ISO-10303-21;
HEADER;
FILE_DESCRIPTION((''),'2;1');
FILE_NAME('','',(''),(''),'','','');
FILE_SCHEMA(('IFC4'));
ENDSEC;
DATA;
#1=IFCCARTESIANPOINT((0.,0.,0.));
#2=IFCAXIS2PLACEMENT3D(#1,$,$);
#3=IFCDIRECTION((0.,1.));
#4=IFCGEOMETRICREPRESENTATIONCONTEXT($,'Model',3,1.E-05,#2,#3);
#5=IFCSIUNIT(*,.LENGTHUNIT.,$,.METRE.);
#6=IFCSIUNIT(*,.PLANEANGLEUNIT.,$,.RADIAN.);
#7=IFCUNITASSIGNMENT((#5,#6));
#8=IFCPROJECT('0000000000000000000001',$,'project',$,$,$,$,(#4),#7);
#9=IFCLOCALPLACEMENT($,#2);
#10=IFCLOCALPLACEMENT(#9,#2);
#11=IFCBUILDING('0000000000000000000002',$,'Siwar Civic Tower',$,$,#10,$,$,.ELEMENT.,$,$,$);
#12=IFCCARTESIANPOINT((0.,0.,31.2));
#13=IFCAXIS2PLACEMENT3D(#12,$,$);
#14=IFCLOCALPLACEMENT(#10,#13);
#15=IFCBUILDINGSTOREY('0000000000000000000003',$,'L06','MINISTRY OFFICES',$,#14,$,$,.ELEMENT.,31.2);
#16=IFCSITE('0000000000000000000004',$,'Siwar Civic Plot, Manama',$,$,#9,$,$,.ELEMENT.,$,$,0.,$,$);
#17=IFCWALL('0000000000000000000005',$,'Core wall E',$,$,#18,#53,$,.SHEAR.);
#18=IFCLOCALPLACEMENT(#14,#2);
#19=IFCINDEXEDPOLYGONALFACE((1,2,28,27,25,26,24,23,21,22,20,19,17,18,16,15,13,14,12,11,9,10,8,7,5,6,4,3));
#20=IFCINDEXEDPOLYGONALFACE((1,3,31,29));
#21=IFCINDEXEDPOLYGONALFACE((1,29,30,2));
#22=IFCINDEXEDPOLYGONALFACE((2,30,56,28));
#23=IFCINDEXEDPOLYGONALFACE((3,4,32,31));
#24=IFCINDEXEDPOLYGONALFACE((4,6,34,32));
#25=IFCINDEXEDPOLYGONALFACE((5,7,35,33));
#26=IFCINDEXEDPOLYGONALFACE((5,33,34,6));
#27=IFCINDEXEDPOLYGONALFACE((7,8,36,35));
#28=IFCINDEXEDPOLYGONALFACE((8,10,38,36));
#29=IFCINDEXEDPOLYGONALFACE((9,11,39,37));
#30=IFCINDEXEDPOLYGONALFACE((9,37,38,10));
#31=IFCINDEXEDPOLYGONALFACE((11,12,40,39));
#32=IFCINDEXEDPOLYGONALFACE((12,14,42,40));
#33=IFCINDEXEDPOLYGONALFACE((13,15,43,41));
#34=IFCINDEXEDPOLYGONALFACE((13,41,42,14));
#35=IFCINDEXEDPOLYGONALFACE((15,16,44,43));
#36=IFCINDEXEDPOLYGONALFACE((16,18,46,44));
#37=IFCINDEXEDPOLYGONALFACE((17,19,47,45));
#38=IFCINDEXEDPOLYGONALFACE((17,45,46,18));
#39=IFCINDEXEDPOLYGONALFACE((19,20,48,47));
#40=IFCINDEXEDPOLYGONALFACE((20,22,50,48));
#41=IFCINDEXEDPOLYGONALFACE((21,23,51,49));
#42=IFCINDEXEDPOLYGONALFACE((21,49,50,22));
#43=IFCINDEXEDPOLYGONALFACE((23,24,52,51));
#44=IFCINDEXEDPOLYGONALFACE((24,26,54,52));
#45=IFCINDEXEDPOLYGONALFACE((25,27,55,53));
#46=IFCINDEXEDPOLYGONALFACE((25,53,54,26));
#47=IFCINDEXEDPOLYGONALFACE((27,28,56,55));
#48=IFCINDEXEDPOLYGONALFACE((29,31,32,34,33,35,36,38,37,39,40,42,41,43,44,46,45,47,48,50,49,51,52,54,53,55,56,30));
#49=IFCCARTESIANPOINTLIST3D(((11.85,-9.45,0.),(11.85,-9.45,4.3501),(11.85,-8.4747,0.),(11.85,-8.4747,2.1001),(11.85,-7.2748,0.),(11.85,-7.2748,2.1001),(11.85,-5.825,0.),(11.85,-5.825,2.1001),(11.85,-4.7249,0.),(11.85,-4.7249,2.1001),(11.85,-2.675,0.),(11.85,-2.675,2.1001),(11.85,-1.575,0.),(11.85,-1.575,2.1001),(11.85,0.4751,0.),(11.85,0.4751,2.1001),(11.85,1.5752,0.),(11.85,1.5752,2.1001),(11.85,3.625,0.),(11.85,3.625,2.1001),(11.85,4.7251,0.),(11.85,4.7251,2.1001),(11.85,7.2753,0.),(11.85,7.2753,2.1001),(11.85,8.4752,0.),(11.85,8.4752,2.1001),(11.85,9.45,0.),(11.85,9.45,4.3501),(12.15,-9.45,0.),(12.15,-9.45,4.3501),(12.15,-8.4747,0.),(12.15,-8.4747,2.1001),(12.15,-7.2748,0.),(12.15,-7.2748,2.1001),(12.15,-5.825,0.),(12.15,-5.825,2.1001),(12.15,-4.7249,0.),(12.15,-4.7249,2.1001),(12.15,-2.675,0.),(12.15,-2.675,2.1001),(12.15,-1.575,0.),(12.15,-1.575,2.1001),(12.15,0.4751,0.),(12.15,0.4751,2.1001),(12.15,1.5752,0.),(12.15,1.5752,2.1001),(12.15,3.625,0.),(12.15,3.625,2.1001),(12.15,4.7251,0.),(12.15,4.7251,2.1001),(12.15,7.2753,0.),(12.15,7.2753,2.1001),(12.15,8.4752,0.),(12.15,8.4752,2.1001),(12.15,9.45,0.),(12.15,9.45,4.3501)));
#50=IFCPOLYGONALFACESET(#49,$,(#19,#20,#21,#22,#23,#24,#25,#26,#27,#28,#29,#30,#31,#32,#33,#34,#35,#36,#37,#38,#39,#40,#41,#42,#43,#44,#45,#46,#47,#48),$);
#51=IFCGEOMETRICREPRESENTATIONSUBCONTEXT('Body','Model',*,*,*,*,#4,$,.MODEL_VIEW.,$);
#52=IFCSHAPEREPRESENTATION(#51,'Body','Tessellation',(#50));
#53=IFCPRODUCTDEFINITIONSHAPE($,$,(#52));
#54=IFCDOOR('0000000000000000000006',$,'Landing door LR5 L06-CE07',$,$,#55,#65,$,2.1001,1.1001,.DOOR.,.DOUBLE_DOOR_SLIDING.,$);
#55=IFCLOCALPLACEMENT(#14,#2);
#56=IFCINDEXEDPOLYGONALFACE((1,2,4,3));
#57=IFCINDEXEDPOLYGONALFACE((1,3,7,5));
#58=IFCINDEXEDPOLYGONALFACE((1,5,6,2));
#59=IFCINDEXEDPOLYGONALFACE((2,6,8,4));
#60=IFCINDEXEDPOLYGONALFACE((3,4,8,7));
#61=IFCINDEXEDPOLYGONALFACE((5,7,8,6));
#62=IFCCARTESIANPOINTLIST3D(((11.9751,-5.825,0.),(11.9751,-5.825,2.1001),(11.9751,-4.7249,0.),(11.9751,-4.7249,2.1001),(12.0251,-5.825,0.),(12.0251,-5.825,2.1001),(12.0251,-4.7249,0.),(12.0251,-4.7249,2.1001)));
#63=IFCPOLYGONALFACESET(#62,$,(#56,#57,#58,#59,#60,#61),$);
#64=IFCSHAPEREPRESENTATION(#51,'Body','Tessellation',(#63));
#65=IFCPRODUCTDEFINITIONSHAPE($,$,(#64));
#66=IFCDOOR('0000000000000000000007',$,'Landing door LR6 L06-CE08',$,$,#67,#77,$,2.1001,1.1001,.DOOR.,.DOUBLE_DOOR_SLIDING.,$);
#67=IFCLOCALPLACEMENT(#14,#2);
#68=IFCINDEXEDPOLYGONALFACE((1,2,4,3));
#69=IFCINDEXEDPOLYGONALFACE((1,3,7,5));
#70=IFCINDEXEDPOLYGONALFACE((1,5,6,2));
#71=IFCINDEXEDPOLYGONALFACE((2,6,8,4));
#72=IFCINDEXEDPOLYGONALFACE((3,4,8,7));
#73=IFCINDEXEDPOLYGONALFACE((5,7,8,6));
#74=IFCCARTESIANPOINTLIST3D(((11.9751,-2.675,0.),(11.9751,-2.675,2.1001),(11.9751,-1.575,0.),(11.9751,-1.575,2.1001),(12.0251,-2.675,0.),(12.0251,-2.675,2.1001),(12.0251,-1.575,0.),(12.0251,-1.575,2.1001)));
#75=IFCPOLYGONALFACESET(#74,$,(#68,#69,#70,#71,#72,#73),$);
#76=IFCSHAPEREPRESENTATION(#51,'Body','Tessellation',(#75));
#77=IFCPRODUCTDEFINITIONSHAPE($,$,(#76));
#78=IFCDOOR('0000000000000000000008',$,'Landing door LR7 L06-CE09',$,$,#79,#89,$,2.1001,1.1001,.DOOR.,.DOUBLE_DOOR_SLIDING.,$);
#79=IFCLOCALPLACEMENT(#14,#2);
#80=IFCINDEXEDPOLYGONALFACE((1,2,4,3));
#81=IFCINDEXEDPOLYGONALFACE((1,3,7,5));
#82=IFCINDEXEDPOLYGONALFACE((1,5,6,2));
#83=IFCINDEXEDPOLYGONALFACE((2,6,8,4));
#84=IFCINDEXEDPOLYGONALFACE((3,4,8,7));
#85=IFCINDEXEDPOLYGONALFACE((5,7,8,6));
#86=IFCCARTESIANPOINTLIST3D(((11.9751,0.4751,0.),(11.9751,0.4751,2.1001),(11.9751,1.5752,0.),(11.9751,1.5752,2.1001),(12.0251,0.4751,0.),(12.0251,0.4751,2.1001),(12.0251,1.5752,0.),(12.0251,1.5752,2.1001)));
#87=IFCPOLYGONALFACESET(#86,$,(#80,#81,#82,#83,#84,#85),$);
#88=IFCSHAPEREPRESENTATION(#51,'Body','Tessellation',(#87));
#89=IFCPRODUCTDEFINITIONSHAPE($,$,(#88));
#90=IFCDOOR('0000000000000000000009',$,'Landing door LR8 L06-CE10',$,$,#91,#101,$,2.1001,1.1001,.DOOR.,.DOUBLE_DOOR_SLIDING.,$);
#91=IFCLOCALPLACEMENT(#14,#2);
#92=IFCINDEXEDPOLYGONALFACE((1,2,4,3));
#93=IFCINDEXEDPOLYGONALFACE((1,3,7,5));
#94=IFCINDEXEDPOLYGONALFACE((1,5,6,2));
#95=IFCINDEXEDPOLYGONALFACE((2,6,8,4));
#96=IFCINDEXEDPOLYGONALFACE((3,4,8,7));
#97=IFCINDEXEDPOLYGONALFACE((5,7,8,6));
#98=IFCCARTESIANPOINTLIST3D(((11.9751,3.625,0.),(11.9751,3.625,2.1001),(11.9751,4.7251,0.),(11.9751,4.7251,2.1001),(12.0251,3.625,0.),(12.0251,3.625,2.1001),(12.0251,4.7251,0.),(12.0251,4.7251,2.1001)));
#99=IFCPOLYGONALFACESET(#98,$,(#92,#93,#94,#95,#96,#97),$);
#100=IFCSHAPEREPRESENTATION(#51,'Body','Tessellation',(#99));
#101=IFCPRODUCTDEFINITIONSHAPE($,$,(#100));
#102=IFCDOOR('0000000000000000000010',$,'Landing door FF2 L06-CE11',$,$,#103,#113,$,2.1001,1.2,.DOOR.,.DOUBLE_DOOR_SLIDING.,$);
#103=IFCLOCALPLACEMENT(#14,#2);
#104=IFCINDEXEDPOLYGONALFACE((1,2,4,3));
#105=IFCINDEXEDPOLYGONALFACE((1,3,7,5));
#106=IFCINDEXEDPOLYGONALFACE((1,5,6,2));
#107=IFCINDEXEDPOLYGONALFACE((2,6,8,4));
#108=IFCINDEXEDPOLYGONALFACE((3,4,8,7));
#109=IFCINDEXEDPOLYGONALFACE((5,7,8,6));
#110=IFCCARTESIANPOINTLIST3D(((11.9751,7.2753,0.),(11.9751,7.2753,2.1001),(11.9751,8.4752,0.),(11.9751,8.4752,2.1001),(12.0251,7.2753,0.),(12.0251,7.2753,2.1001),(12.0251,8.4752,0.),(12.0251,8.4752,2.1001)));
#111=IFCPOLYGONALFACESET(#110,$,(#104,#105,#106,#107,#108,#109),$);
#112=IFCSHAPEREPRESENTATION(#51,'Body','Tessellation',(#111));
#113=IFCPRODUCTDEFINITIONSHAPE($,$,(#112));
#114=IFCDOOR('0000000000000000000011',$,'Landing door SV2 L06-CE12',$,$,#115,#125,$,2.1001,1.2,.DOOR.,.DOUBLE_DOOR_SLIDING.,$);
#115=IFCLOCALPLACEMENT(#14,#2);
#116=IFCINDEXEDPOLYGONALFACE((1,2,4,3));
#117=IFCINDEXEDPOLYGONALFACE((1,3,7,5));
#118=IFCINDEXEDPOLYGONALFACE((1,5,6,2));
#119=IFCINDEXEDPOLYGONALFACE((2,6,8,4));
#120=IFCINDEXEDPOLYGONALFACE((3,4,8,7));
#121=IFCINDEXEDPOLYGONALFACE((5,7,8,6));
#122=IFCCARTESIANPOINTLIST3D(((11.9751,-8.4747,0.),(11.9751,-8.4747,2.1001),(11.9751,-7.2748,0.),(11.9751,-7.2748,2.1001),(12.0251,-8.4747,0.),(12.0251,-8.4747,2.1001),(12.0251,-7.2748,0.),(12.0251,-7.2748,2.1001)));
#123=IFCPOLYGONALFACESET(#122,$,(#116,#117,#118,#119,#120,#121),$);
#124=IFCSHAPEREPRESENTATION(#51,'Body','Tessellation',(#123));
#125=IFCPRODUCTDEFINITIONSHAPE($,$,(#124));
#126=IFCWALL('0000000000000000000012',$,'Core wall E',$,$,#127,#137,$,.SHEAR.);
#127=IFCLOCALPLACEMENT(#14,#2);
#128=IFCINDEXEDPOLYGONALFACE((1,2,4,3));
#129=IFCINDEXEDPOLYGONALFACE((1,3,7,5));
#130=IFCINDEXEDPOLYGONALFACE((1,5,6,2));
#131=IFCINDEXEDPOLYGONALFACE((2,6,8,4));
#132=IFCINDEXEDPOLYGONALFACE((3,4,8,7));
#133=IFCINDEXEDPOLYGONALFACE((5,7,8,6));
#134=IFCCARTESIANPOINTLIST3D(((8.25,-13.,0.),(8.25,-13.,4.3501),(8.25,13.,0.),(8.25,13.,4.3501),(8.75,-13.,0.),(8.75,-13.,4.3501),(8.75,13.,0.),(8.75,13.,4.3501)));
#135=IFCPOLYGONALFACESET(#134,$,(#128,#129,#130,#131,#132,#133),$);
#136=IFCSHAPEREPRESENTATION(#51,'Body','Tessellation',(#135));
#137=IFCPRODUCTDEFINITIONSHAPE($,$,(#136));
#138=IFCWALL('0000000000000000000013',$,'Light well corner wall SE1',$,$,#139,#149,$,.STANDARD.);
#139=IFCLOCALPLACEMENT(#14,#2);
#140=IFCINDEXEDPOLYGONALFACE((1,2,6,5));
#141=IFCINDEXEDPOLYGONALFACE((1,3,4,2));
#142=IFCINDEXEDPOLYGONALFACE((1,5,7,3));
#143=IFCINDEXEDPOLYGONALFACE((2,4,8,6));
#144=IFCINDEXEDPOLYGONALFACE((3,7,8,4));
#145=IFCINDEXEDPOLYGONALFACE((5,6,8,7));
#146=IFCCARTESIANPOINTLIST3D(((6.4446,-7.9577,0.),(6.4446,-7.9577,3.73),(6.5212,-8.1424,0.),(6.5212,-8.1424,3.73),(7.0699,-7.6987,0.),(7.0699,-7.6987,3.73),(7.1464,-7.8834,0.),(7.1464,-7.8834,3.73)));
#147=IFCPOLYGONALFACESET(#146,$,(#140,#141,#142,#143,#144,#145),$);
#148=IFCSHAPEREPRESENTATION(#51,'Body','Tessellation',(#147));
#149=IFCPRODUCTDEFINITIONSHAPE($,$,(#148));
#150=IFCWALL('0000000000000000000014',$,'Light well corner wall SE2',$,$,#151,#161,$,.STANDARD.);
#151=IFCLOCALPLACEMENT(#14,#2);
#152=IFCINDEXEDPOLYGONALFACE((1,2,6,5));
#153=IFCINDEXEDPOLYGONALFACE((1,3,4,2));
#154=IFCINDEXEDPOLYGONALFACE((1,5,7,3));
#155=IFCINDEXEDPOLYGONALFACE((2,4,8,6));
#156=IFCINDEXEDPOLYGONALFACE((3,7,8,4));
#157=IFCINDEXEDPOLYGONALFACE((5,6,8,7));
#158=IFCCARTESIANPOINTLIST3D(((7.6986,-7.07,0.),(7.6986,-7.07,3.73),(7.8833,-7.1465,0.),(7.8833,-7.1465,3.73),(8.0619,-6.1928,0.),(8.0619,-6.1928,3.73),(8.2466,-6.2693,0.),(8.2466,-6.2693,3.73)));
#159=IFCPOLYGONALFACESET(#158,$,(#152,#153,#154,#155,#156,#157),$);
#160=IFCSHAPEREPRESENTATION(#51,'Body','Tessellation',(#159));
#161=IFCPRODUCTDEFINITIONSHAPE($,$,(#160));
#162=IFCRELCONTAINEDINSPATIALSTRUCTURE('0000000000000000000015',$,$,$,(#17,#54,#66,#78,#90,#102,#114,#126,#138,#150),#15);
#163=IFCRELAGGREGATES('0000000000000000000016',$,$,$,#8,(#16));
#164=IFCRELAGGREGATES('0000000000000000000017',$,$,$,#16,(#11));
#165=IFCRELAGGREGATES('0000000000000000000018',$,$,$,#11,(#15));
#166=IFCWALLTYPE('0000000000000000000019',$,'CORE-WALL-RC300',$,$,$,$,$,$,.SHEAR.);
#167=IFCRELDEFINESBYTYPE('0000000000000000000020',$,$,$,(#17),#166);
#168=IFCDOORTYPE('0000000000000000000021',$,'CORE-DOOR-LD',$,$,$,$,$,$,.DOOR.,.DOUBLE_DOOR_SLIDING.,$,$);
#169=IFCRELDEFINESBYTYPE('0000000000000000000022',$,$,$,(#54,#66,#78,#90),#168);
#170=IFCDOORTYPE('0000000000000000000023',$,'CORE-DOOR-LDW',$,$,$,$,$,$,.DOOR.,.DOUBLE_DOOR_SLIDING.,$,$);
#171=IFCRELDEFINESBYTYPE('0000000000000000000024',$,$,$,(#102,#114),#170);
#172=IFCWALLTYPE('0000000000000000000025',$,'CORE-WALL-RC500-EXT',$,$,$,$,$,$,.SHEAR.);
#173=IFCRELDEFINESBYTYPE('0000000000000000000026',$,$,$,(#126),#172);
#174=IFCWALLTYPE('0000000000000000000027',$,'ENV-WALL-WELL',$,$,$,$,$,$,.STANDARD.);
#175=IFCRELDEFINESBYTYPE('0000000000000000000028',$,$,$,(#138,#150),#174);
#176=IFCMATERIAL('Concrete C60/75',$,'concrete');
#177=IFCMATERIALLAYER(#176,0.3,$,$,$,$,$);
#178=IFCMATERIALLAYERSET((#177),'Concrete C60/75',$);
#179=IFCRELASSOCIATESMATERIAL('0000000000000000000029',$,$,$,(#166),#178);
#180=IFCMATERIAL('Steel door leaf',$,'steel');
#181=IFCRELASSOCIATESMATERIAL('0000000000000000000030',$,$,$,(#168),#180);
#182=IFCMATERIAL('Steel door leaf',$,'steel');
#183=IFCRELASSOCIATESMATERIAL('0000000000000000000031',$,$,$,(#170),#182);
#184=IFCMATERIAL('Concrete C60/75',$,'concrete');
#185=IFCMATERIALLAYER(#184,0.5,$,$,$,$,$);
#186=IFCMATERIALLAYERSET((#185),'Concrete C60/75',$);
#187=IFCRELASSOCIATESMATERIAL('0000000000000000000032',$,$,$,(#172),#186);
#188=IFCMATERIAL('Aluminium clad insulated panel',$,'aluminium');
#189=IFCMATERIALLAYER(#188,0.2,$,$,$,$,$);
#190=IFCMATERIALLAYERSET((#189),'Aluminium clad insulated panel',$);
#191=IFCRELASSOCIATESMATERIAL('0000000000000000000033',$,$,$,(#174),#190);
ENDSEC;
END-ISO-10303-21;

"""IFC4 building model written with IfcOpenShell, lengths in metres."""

from ifc_helpers import new_model, si_unit, direction, frame, frame_2d, origin, place, context, subcontext, project, spatial, rectangle, extrude, material, layer, layer_set, type_object, element, fill, save


model = new_model("IFC4")

# Units and contexts
model_context = context("Model", 3, precision=1e-05, world=origin(), true_north=direction((0.0, 1.0)))
body_context = subcontext(model_context, "Body", "Model", "MODEL_VIEW")
ifc_project = project(units=[si_unit("LENGTHUNIT", "METRE"), si_unit("PLANEANGLEUNIT", "RADIAN")], contexts=[model_context])

# Site, building, storey
site_placement = place(None, origin())
site = spatial("IfcSite", under=ifc_project, at=site_placement, Name="Siwar Civic Plot, Manama", CompositionType="ELEMENT", RefElevation=0.0)
building_placement = place(site_placement, origin())
building = spatial("IfcBuilding", under=site, at=building_placement, Name="Siwar Civic Tower", CompositionType="ELEMENT")
storey_placement = place(building_placement, frame((0.0, 0.0, 31.2)))
storey = spatial("IfcBuildingStorey", under=building, at=storey_placement, Name="L06", Description="MINISTRY OFFICES", CompositionType="ELEMENT", Elevation=31.2)

# Wall, openings, doors
ifc_material_1 = material(Name="Concrete C60/75", Category="concrete")
ifc_layer_1 = layer(ifc_material_1, 0.3)
ifc_layer_set_1 = layer_set([ifc_layer_1], Name="Concrete C60/75")
wall_type_1 = type_object("IfcWallType", Name="CORE-WALL-RC300", PredefinedType="SHEAR", material=ifc_layer_set_1)
wall_1_placement = place(storey_placement, frame((12.0, -9.45, 0.0), z_axis=(0.0, 0.0, 1.0), x_axis=(0.0, 1.0, 0.0)))
wall_1 = element("IfcWall", 1, at=wall_1_placement, inside=storey, type_object=wall_type_1, Name="Core wall E", PredefinedType="SHEAR", context=body_context, shape_type="SweptSolid", body=[
    extrude(rectangle(XDim=18.8999, YDim=0.3, at=frame_2d((9.45, 0.0))), origin(), (0.0, 0.0, 1.0), 4.3501),
])
opening_1_placement = place(wall_1_placement, frame((3.625, 0.0, 0.0)))
opening_1 = element("IfcOpeningElement", 2, at=opening_1_placement, cuts=wall_1, PredefinedType="OPENING", context=body_context, shape_type="SweptSolid", body=[
    extrude(rectangle(XDim=1.1001, YDim=2.1001, at=frame_2d((0.55, 1.05))), frame((0.0, 0.1602, 0.0), z_axis=(0.0, -1.0, 0.0), x_axis=(1.0, 0.0, 0.0)), (0.0, 0.0, 1.0), 0.3201),
])
opening_2_placement = place(wall_1_placement, frame((6.7749, 0.0, 0.0)))
opening_2 = element("IfcOpeningElement", 3, at=opening_2_placement, cuts=wall_1, PredefinedType="OPENING", context=body_context, shape_type="SweptSolid", body=[
    extrude(rectangle(XDim=1.1001, YDim=2.1001, at=frame_2d((0.55, 1.05))), frame((0.0, 0.1602, 0.0), z_axis=(0.0, -1.0, 0.0), x_axis=(1.0, 0.0, 0.0)), (0.0, 0.0, 1.0), 0.3201),
])
opening_3_placement = place(wall_1_placement, frame((9.925, 0.0, 0.0)))
opening_3 = element("IfcOpeningElement", 4, at=opening_3_placement, cuts=wall_1, PredefinedType="OPENING", context=body_context, shape_type="SweptSolid", body=[
    extrude(rectangle(XDim=1.1001, YDim=2.1001, at=frame_2d((0.55, 1.05))), frame((0.0, 0.1602, 0.0), z_axis=(0.0, -1.0, 0.0), x_axis=(1.0, 0.0, 0.0)), (0.0, 0.0, 1.0), 0.3201),
])
opening_4_placement = place(wall_1_placement, frame((13.075, 0.0, 0.0)))
opening_4 = element("IfcOpeningElement", 5, at=opening_4_placement, cuts=wall_1, PredefinedType="OPENING", context=body_context, shape_type="SweptSolid", body=[
    extrude(rectangle(XDim=1.1001, YDim=2.1001, at=frame_2d((0.55, 1.05))), frame((0.0, 0.1602, 0.0), z_axis=(0.0, -1.0, 0.0), x_axis=(1.0, 0.0, 0.0)), (0.0, 0.0, 1.0), 0.3201),
])
opening_5_placement = place(wall_1_placement, frame((16.7251, 0.0, 0.0)))
opening_5 = element("IfcOpeningElement", 6, at=opening_5_placement, cuts=wall_1, PredefinedType="OPENING", context=body_context, shape_type="SweptSolid", body=[
    extrude(rectangle(XDim=1.2, YDim=2.1001, at=frame_2d((0.6001, 1.05))), frame((0.0, 0.1602, 0.0), z_axis=(0.0, -1.0, 0.0), x_axis=(1.0, 0.0, 0.0)), (0.0, 0.0, 1.0), 0.3201),
])
opening_6_placement = place(wall_1_placement, frame((0.9751, 0.0, 0.0)))
opening_6 = element("IfcOpeningElement", 7, at=opening_6_placement, cuts=wall_1, PredefinedType="OPENING", context=body_context, shape_type="SweptSolid", body=[
    extrude(rectangle(XDim=1.2, YDim=2.1001, at=frame_2d((0.6001, 1.05))), frame((0.0, 0.1602, 0.0), z_axis=(0.0, -1.0, 0.0), x_axis=(1.0, 0.0, 0.0)), (0.0, 0.0, 1.0), 0.3201),
])
ifc_material_2 = material(Name="Steel door leaf", Category="steel")
door_type_1 = type_object("IfcDoorType", Name="CORE-DOOR-LD", OperationType="DOUBLE_DOOR_SLIDING", PredefinedType="DOOR", material=ifc_material_2)
door_1_placement = place(opening_1_placement, origin())
door_1 = element("IfcDoor", 8, at=door_1_placement, inside=storey, type_object=door_type_1, Name="Landing door LR5 L06-CE07", OperationType="DOUBLE_DOOR_SLIDING", OverallHeight=2.1001, OverallWidth=1.1001, PredefinedType="DOOR", context=body_context, shape_type="SweptSolid", body=[
    extrude(rectangle(XDim=1.1001, YDim=2.1001, at=frame_2d((0.55, 1.05))), frame((0.0, 0.0249, 0.0), z_axis=(0.0, -1.0, 0.0), x_axis=(1.0, 0.0, 0.0)), (0.0, 0.0, 1.0), 0.05),
])
fill(opening_1, door_1)
door_2_placement = place(opening_2_placement, origin())
door_2 = element("IfcDoor", 9, at=door_2_placement, inside=storey, type_object=door_type_1, Name="Landing door LR6 L06-CE08", OperationType="DOUBLE_DOOR_SLIDING", OverallHeight=2.1001, OverallWidth=1.1001, PredefinedType="DOOR", context=body_context, shape_type="SweptSolid", body=[
    extrude(rectangle(XDim=1.1001, YDim=2.1001, at=frame_2d((0.55, 1.05))), frame((0.0, 0.0249, 0.0), z_axis=(0.0, -1.0, 0.0), x_axis=(1.0, 0.0, 0.0)), (0.0, 0.0, 1.0), 0.05),
])
fill(opening_2, door_2)
door_3_placement = place(opening_3_placement, origin())
door_3 = element("IfcDoor", 10, at=door_3_placement, inside=storey, type_object=door_type_1, Name="Landing door LR7 L06-CE09", OperationType="DOUBLE_DOOR_SLIDING", OverallHeight=2.1001, OverallWidth=1.1001, PredefinedType="DOOR", context=body_context, shape_type="SweptSolid", body=[
    extrude(rectangle(XDim=1.1001, YDim=2.1001, at=frame_2d((0.55, 1.05))), frame((0.0, 0.0249, 0.0), z_axis=(0.0, -1.0, 0.0), x_axis=(1.0, 0.0, 0.0)), (0.0, 0.0, 1.0), 0.05),
])
fill(opening_3, door_3)
door_4_placement = place(opening_4_placement, origin())
door_4 = element("IfcDoor", 11, at=door_4_placement, inside=storey, type_object=door_type_1, Name="Landing door LR8 L06-CE10", OperationType="DOUBLE_DOOR_SLIDING", OverallHeight=2.1001, OverallWidth=1.1001, PredefinedType="DOOR", context=body_context, shape_type="SweptSolid", body=[
    extrude(rectangle(XDim=1.1001, YDim=2.1001, at=frame_2d((0.55, 1.05))), frame((0.0, 0.0249, 0.0), z_axis=(0.0, -1.0, 0.0), x_axis=(1.0, 0.0, 0.0)), (0.0, 0.0, 1.0), 0.05),
])
fill(opening_4, door_4)
ifc_material_3 = material(Name="Steel door leaf", Category="steel")
door_type_2 = type_object("IfcDoorType", Name="CORE-DOOR-LDW", OperationType="DOUBLE_DOOR_SLIDING", PredefinedType="DOOR", material=ifc_material_3)
door_5_placement = place(opening_5_placement, origin())
door_5 = element("IfcDoor", 12, at=door_5_placement, inside=storey, type_object=door_type_2, Name="Landing door FF2 L06-CE11", OperationType="DOUBLE_DOOR_SLIDING", OverallHeight=2.1001, OverallWidth=1.2, PredefinedType="DOOR", context=body_context, shape_type="SweptSolid", body=[
    extrude(rectangle(XDim=1.2, YDim=2.1001, at=frame_2d((0.6001, 1.05))), frame((0.0, 0.0249, 0.0), z_axis=(0.0, -1.0, 0.0), x_axis=(1.0, 0.0, 0.0)), (0.0, 0.0, 1.0), 0.05),
])
fill(opening_5, door_5)
door_6_placement = place(opening_6_placement, origin())
door_6 = element("IfcDoor", 13, at=door_6_placement, inside=storey, type_object=door_type_2, Name="Landing door SV2 L06-CE12", OperationType="DOUBLE_DOOR_SLIDING", OverallHeight=2.1001, OverallWidth=1.2, PredefinedType="DOOR", context=body_context, shape_type="SweptSolid", body=[
    extrude(rectangle(XDim=1.2, YDim=2.1001, at=frame_2d((0.6001, 1.05))), frame((0.0, 0.0249, 0.0), z_axis=(0.0, -1.0, 0.0), x_axis=(1.0, 0.0, 0.0)), (0.0, 0.0, 1.0), 0.05),
])
fill(opening_6, door_6)

# Walls
ifc_material_4 = material(Name="Concrete C60/75", Category="concrete")
ifc_layer_2 = layer(ifc_material_4, 0.5)
ifc_layer_set_2 = layer_set([ifc_layer_2], Name="Concrete C60/75")
wall_type_2 = type_object("IfcWallType", Name="CORE-WALL-RC500-EXT", PredefinedType="SHEAR", material=ifc_layer_set_2)
wall_2_placement = place(storey_placement, frame((8.5, -13.0, 0.0), z_axis=(0.0, 0.0, 1.0), x_axis=(0.0, 1.0, 0.0)))
element("IfcWall", 14, at=wall_2_placement, inside=storey, type_object=wall_type_2, Name="Core wall E", PredefinedType="SHEAR", context=body_context, shape_type="SweptSolid", body=[
    extrude(rectangle(XDim=26.0, YDim=0.5, at=frame_2d((13.0, 0.0))), origin(), (0.0, 0.0, 1.0), 4.3501),
])
ifc_material_5 = material(Name="Aluminium clad insulated panel", Category="aluminium")
ifc_layer_3 = layer(ifc_material_5, 0.2)
ifc_layer_set_3 = layer_set([ifc_layer_3], Name="Aluminium clad insulated panel")
wall_type_3 = type_object("IfcWallType", Name="ENV-WALL-WELL", PredefinedType="STANDARD", material=ifc_layer_set_3)
wall_3_placement = place(storey_placement, frame((6.4829, -8.05, 0.0), z_axis=(0.0, 0.0, 1.0), x_axis=(0.923854, 0.382745, 0.0)))
element("IfcWall", 15, at=wall_3_placement, inside=storey, type_object=wall_type_3, Name="Light well corner wall SE1", PredefinedType="STANDARD", context=body_context, shape_type="SweptSolid", body=[
    extrude(rectangle(XDim=0.6768, YDim=0.2, at=frame_2d((0.3384, 0.0))), origin(), (0.0, 0.0, 1.0), 3.73),
])
wall_4_placement = place(storey_placement, frame((7.791, -7.1082, 0.0), z_axis=(0.0, 0.0, 1.0), x_axis=(0.382624, 0.923904, 0.0)))
element("IfcWall", 16, at=wall_4_placement, inside=storey, type_object=wall_type_3, Name="Light well corner wall SE2", PredefinedType="STANDARD", context=body_context, shape_type="SweptSolid", body=[
    extrude(rectangle(XDim=0.9495, YDim=0.2, at=frame_2d((0.4746, 0.0))), origin(), (0.0, 0.0, 1.0), 3.73),
])

save(model, "model.ifc")
